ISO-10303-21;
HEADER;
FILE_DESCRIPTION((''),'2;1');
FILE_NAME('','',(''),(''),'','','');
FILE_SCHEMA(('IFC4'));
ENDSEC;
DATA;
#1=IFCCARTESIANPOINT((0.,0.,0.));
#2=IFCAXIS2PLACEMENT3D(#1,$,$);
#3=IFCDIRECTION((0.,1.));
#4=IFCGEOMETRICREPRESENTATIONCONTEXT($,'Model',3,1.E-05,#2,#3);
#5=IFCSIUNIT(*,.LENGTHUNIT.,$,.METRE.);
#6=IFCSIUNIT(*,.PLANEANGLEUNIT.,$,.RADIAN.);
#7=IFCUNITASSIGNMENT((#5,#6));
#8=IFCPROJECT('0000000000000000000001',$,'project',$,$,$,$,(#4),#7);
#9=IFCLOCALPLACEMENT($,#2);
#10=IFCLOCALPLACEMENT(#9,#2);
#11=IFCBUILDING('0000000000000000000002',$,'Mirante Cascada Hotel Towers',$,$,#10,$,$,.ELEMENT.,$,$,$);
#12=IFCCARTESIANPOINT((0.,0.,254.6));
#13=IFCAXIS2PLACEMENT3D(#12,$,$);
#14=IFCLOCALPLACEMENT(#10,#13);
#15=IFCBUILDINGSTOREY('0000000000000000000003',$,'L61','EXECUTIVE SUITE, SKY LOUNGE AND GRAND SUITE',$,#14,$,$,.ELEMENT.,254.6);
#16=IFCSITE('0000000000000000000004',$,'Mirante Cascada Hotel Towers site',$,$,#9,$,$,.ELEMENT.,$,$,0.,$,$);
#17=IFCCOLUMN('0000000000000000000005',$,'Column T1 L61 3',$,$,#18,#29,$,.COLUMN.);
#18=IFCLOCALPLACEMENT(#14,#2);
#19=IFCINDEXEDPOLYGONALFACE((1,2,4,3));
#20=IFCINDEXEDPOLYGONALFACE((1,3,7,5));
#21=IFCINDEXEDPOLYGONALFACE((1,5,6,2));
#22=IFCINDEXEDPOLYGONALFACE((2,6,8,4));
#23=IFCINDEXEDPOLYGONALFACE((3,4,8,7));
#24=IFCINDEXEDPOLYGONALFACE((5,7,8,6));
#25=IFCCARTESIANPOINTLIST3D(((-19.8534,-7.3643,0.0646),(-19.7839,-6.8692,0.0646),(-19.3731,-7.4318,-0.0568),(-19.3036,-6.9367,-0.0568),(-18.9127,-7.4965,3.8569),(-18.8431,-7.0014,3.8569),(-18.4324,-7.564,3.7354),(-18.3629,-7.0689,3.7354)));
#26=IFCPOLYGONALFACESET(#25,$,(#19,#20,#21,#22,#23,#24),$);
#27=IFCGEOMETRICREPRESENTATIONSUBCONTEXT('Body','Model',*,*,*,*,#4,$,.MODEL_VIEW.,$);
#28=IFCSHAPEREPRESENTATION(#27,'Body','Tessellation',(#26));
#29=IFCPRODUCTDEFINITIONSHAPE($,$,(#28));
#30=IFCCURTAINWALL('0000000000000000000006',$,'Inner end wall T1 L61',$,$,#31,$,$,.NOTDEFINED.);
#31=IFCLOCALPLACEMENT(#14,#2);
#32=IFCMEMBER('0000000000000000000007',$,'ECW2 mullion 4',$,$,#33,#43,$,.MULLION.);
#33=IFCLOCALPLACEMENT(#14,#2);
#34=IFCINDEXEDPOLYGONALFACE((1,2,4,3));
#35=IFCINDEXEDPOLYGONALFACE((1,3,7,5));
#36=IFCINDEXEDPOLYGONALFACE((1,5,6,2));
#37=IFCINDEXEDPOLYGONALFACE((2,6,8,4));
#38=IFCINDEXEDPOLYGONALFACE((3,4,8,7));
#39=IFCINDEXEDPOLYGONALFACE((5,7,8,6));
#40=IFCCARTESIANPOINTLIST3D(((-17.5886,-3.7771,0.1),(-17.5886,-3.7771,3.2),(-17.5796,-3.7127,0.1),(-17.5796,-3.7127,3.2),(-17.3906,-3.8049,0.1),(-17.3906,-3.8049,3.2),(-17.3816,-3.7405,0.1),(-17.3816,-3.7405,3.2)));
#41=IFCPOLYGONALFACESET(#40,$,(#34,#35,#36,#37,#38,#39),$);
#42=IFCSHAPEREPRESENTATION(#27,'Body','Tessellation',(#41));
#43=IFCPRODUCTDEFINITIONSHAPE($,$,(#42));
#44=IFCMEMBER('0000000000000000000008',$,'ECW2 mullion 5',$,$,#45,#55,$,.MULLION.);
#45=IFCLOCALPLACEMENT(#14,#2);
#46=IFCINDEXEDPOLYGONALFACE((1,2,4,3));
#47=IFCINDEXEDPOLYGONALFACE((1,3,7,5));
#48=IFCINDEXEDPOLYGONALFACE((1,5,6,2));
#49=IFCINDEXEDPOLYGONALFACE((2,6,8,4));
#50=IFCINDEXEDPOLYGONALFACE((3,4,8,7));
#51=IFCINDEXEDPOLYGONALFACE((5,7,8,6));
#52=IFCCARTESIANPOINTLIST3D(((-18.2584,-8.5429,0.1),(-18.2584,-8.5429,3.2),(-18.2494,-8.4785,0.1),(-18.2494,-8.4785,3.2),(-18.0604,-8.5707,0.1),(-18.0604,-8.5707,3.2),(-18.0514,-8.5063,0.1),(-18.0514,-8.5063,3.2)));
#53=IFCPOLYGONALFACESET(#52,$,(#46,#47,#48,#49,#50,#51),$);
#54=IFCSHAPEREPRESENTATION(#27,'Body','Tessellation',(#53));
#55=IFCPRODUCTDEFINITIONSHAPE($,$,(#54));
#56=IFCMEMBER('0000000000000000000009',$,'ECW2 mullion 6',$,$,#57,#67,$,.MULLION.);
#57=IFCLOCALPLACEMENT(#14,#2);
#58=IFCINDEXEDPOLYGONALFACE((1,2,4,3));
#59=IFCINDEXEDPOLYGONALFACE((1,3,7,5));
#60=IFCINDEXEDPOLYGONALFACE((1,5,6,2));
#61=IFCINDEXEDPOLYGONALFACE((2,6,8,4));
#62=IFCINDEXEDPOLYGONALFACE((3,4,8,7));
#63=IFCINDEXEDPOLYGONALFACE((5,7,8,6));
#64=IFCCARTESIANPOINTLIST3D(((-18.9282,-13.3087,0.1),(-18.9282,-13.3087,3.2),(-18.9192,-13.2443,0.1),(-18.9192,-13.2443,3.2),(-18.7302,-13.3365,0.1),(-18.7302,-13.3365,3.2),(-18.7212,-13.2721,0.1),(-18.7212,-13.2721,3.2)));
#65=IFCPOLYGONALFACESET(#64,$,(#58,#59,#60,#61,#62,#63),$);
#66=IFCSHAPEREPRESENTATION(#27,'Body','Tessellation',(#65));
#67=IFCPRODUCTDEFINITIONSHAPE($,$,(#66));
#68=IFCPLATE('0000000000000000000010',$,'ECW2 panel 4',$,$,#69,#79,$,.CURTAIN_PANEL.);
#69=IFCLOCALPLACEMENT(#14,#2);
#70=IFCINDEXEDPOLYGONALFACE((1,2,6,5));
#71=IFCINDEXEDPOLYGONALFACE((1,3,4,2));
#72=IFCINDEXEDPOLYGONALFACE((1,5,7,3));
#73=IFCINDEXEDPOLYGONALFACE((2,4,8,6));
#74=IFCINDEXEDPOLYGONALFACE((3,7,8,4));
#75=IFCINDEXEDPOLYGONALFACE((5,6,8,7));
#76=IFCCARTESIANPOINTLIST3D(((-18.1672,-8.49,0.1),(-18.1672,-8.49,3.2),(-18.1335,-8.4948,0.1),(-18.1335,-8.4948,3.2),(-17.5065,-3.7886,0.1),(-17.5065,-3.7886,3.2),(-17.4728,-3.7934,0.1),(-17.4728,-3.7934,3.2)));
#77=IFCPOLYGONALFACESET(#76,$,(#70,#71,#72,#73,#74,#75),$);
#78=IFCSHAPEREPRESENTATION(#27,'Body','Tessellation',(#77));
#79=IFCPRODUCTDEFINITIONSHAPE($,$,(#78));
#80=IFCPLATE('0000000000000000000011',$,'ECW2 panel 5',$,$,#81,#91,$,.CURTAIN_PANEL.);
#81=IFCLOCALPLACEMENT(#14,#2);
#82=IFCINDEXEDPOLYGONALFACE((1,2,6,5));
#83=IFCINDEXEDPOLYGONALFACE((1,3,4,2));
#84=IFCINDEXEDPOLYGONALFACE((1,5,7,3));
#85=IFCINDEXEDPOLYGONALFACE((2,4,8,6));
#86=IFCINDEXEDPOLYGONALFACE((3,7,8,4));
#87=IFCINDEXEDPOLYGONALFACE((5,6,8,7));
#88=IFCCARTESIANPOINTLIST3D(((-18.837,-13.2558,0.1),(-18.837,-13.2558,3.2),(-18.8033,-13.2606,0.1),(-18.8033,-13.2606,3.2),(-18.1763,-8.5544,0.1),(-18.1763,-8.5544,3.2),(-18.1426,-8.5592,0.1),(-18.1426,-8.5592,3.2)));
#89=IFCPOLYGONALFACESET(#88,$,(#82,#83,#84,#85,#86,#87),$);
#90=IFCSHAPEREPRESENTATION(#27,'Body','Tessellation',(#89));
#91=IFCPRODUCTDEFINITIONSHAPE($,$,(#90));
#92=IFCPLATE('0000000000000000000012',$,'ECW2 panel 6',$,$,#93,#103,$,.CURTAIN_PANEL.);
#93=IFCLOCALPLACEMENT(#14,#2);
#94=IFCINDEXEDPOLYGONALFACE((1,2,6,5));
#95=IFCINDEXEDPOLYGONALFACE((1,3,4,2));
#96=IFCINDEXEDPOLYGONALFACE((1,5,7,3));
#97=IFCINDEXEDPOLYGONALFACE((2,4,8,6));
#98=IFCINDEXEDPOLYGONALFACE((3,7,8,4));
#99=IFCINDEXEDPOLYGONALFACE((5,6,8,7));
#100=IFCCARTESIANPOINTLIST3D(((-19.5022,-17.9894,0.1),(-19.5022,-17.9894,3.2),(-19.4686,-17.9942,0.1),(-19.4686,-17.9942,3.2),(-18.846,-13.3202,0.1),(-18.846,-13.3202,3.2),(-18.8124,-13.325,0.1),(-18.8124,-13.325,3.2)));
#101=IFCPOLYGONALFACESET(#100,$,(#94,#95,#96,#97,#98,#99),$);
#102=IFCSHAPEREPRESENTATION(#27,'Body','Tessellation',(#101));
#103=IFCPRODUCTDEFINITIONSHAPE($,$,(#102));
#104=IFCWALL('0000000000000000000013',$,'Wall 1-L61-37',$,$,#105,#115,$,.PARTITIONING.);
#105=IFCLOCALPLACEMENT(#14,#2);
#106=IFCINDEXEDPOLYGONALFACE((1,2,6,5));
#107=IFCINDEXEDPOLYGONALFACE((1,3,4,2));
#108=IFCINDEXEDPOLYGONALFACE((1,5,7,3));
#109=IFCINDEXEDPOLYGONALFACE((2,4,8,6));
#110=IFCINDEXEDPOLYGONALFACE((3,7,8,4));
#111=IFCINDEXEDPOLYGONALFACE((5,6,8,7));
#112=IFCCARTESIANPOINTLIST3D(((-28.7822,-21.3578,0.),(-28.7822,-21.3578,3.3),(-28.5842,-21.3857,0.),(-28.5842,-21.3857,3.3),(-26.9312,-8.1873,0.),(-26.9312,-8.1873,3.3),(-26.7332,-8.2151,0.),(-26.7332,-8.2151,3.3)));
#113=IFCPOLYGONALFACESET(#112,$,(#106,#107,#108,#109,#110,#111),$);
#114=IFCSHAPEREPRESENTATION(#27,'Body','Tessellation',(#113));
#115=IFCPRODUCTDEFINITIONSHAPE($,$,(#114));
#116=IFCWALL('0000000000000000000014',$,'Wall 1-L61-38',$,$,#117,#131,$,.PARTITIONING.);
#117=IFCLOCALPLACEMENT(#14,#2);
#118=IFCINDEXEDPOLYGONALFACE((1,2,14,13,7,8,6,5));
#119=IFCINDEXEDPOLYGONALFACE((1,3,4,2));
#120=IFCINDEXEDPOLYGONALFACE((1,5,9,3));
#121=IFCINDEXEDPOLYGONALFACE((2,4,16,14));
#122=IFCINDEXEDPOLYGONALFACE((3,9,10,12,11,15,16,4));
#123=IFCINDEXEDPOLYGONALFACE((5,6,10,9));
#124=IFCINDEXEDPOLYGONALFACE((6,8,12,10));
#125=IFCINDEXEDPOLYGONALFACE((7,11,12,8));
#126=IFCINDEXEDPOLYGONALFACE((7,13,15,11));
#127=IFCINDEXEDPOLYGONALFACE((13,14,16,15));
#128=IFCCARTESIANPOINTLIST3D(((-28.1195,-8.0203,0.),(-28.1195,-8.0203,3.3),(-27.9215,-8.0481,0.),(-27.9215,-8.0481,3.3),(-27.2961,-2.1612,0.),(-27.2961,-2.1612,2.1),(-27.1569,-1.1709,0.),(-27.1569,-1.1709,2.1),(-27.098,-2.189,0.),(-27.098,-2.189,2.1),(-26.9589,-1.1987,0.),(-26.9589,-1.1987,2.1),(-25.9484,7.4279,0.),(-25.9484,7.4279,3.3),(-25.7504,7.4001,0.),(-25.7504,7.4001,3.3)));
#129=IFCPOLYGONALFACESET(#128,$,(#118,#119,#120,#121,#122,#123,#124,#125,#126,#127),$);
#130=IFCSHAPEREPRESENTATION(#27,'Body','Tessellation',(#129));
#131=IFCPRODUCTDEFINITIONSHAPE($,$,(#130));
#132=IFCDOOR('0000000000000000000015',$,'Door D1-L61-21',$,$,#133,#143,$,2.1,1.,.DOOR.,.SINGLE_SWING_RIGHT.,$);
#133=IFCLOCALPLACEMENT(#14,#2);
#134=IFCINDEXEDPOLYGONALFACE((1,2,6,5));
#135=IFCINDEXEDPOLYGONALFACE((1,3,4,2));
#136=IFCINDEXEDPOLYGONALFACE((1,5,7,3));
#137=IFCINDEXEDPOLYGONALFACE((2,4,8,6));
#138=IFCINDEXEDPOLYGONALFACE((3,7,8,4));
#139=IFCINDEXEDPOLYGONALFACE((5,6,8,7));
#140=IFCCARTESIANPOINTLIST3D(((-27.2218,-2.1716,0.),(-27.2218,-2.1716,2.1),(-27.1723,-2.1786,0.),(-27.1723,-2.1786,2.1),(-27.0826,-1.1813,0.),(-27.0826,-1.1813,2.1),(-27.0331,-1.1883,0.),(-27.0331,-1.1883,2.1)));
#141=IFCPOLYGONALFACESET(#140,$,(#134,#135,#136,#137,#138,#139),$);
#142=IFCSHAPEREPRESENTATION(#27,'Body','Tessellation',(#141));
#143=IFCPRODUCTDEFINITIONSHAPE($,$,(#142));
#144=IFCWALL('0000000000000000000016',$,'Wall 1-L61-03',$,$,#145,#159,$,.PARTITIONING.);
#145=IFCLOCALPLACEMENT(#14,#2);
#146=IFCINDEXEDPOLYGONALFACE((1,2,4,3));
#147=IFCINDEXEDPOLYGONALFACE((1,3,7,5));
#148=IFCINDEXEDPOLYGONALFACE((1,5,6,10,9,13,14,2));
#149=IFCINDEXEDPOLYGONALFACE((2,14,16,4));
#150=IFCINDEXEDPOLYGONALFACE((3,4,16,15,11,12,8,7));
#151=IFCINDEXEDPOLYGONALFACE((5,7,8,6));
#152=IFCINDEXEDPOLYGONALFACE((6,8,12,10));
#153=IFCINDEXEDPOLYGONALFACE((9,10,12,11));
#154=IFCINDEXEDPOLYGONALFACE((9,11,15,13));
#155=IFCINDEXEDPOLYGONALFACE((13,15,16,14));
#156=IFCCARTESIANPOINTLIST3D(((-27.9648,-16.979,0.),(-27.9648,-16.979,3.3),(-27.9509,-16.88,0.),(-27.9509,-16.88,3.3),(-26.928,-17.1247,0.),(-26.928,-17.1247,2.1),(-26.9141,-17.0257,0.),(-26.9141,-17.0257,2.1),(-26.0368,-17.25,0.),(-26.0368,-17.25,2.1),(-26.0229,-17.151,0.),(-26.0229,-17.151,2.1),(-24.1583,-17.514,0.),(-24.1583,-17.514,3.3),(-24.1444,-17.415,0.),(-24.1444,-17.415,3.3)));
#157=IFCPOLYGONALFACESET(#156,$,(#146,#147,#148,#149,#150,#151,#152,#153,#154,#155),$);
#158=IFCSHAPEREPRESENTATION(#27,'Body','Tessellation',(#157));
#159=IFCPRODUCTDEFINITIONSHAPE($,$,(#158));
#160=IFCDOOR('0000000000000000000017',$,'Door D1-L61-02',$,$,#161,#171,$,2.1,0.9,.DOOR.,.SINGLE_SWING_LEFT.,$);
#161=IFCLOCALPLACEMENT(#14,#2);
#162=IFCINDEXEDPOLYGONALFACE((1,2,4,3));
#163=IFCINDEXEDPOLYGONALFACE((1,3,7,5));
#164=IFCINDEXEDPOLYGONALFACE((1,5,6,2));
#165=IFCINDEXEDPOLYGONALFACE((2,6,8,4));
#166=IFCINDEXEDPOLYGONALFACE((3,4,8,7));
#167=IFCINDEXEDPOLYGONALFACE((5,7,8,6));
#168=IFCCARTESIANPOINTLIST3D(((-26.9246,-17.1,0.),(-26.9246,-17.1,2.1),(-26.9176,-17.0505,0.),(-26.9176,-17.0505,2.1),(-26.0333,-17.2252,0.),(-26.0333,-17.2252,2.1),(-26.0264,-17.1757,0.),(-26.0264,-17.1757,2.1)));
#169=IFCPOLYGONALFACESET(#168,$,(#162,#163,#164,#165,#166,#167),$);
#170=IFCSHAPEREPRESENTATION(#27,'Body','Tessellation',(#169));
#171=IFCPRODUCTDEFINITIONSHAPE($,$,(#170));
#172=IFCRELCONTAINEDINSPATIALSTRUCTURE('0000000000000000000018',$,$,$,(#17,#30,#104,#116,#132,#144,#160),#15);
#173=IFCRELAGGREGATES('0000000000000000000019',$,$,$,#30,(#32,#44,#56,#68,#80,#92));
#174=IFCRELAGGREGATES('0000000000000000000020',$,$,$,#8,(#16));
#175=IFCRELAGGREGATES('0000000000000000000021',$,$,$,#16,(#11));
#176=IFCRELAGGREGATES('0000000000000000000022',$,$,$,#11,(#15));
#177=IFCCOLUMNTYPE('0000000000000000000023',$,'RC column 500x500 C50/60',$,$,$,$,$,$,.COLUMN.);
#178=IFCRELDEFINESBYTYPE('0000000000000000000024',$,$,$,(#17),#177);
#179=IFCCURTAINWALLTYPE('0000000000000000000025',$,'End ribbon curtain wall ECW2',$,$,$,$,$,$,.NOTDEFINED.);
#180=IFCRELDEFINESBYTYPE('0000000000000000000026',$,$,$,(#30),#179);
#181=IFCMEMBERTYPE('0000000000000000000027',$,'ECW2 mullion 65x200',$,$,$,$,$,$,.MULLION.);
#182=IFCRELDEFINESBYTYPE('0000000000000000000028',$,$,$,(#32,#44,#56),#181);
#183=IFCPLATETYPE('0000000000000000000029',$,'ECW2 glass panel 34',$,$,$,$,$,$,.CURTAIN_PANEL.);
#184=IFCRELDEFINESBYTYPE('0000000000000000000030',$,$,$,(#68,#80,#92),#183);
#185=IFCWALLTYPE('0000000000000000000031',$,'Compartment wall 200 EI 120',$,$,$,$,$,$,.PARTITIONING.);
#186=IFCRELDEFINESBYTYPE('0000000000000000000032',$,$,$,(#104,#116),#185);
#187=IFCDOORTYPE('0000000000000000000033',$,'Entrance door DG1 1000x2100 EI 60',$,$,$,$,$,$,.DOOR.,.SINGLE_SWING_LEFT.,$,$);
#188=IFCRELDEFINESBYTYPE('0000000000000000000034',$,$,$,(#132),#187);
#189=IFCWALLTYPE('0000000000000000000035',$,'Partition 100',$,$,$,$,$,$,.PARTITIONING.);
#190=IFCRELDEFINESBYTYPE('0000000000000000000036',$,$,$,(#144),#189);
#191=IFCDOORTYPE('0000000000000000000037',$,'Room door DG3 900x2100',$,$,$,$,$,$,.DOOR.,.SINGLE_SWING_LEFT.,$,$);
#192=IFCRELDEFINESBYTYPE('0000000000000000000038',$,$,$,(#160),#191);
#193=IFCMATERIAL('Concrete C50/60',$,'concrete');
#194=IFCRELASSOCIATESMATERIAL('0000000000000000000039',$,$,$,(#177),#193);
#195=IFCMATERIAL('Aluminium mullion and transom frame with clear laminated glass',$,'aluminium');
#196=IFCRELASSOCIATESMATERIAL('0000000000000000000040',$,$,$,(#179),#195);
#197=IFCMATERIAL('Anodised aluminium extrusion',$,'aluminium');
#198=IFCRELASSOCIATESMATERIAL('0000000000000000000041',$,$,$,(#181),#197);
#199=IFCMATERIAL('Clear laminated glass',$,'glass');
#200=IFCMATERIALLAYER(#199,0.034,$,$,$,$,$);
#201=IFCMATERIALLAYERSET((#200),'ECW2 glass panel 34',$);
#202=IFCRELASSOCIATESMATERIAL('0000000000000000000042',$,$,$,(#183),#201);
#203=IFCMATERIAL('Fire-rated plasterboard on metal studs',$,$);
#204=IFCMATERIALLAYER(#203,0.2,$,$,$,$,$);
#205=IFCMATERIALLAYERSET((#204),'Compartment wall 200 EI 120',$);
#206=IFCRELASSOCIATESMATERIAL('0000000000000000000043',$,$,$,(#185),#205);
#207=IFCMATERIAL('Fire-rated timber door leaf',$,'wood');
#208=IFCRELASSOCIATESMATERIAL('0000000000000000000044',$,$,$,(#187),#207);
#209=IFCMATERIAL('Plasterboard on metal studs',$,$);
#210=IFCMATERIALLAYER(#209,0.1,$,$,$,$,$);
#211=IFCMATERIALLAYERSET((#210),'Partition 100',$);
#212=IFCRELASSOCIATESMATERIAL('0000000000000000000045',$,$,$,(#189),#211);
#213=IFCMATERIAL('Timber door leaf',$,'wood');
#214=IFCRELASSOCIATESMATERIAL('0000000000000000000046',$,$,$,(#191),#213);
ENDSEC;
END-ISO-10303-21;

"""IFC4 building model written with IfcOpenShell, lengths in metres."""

from ifc_helpers import new_model, si_unit, direction, frame, frame_2d, origin, origin_2d, place, context, subcontext, project, spatial, rectangle, extrude, material, layer, layer_set, material_profile, profile_set, type_object, element, fill, aggregate, save


model = new_model("IFC4")

# Units and contexts
model_context = context("Model", 3, precision=1e-05, world=origin(), true_north=direction((0.0, 1.0)))
body_context = subcontext(model_context, "Body", "Model", "MODEL_VIEW")
ifc_project = project(units=[si_unit("LENGTHUNIT", "METRE"), si_unit("PLANEANGLEUNIT", "RADIAN")], contexts=[model_context])

# Site, building, storey
site_placement = place(None, origin())
site = spatial("IfcSite", under=ifc_project, at=site_placement, Name="Mirante Cascada Hotel Towers site", CompositionType="ELEMENT", RefElevation=0.0)
building_placement = place(site_placement, origin())
building = spatial("IfcBuilding", under=site, at=building_placement, Name="Mirante Cascada Hotel Towers", CompositionType="ELEMENT")
storey_placement = place(building_placement, frame((0.0, 0.0, 254.6)))
storey = spatial("IfcBuildingStorey", under=building, at=storey_placement, Name="L61", Description="EXECUTIVE SUITE, SKY LOUNGE AND GRAND SUITE", CompositionType="ELEMENT", Elevation=254.6)

# Column
ifc_material_1 = material(Name="Concrete C50/60", Category="concrete")
ifc_material_profile_1 = material_profile(ifc_material_1, rectangle(XDim=0.5, YDim=0.5, at=origin_2d()), Name="RC column 500x500 C50/60")
ifc_profile_set_1 = profile_set([ifc_material_profile_1], Name="Concrete C50/60")
column_type = type_object("IfcColumnType", Name="RC column 500x500 C50/60", PredefinedType="COLUMN", material=ifc_profile_set_1)
column_placement = place(storey_placement, frame((-19.5785, -7.1505, 0.0039), z_axis=(0.240627, -0.033816, 0.970028), x_axis=(0.139166, 0.990269, 0.0)))
element("IfcColumn", 1, at=column_placement, inside=storey, type_object=column_type, Name="Column T1 L61 3", PredefinedType="COLUMN", context=body_context, shape_type="SweptSolid", body=[
    extrude(rectangle(XDim=0.5, YDim=0.5, at=origin_2d()), origin(), (0.0, 0.0, 1.0), 3.9094),
])

# Curtain wall, members, plates
ifc_material_2 = material(Name="Aluminium mullion and transom frame with clear laminated glass", Category="aluminium")
curtain_wall_type = type_object("IfcCurtainWallType", Name="End ribbon curtain wall ECW2", PredefinedType="NOTDEFINED", material=ifc_material_2)
curtain_wall_placement = place(storey_placement, origin())
curtain_wall = element("IfcCurtainWall", 2, at=curtain_wall_placement, inside=storey, type_object=curtain_wall_type, Name="Inner end wall T1 L61", PredefinedType="NOTDEFINED")
ifc_material_3 = material(Name="Anodised aluminium extrusion", Category="aluminium")
ifc_material_profile_2 = material_profile(ifc_material_3, rectangle(XDim=0.2, YDim=0.065, at=origin_2d()), Name="ECW2 MULLION 65x200")
ifc_profile_set_2 = profile_set([ifc_material_profile_2], Name="Anodised aluminium extrusion")
member_type = type_object("IfcMemberType", Name="ECW2 mullion 65x200", PredefinedType="MULLION", material=ifc_profile_set_2)
member_1_placement = place(storey_placement, frame((-17.4851, -3.7588, 0.1), z_axis=(0.0, 0.0, 1.0), x_axis=(0.990268, -0.139173, 0.0)))
member_1 = element("IfcMember", 3, at=member_1_placement, type_object=member_type, Name="ECW2 mullion 4", PredefinedType="MULLION", context=body_context, shape_type="SweptSolid", body=[
    extrude(rectangle(XDim=0.2, YDim=0.065, at=origin_2d()), origin(), (0.0, 0.0, 1.0), 3.1),
])
member_2_placement = place(storey_placement, frame((-18.1549, -8.5246, 0.1), z_axis=(0.0, 0.0, 1.0), x_axis=(0.990268, -0.139173, 0.0)))
member_2 = element("IfcMember", 4, at=member_2_placement, type_object=member_type, Name="ECW2 mullion 5", PredefinedType="MULLION", context=body_context, shape_type="SweptSolid", body=[
    extrude(rectangle(XDim=0.2, YDim=0.065, at=origin_2d()), origin(), (0.0, 0.0, 1.0), 3.1),
])
member_3_placement = place(storey_placement, frame((-18.8247, -13.2904, 0.1), z_axis=(0.0, 0.0, 1.0), x_axis=(0.990268, -0.139173, 0.0)))
member_3 = element("IfcMember", 5, at=member_3_placement, type_object=member_type, Name="ECW2 mullion 6", PredefinedType="MULLION", context=body_context, shape_type="SweptSolid", body=[
    extrude(rectangle(XDim=0.2, YDim=0.065, at=origin_2d()), origin(), (0.0, 0.0, 1.0), 3.1),
])
ifc_material_4 = material(Name="Clear laminated glass", Category="glass")
ifc_layer_1 = layer(ifc_material_4, 0.034)
ifc_layer_set_1 = layer_set([ifc_layer_1], Name="ECW2 glass panel 34")
plate_type = type_object("IfcPlateType", Name="ECW2 glass panel 34", PredefinedType="CURTAIN_PANEL", material=ifc_layer_set_1)
plate_1_placement = place(storey_placement, frame((-17.82, -6.1417, 0.1), z_axis=(0.0, 0.0, 1.0), x_axis=(-0.139173, -0.990268, 0.0)))
plate_1 = element("IfcPlate", 6, at=plate_1_placement, type_object=plate_type, Name="ECW2 panel 4", PredefinedType="CURTAIN_PANEL", context=body_context, shape_type="SweptSolid", body=[
    extrude(rectangle(XDim=4.7476, YDim=0.034, at=origin_2d()), origin(), (0.0, 0.0, 1.0), 3.1),
])
plate_2_placement = place(storey_placement, frame((-18.4898, -10.9075, 0.1), z_axis=(0.0, 0.0, 1.0), x_axis=(-0.139173, -0.990268, 0.0)))
plate_2 = element("IfcPlate", 7, at=plate_2_placement, type_object=plate_type, Name="ECW2 panel 5", PredefinedType="CURTAIN_PANEL", context=body_context, shape_type="SweptSolid", body=[
    extrude(rectangle(XDim=4.7476, YDim=0.034, at=origin_2d()), origin(), (0.0, 0.0, 1.0), 3.1),
])
plate_3_placement = place(storey_placement, frame((-19.1573, -15.6572, 0.1), z_axis=(0.0, 0.0, 1.0), x_axis=(-0.139173, -0.990268, 0.0)))
plate_3 = element("IfcPlate", 8, at=plate_3_placement, type_object=plate_type, Name="ECW2 panel 6", PredefinedType="CURTAIN_PANEL", context=body_context, shape_type="SweptSolid", body=[
    extrude(rectangle(XDim=4.7151, YDim=0.034, at=origin_2d()), origin(), (0.0, 0.0, 1.0), 3.1),
])
aggregate(curtain_wall, [member_1, member_2, member_3, plate_1, plate_2, plate_3])

# Wall
ifc_material_5 = material(Name="Fire-rated plasterboard on metal studs")
ifc_layer_2 = layer(ifc_material_5, 0.2)
ifc_layer_set_2 = layer_set([ifc_layer_2], Name="Compartment wall 200 EI 120")
wall_type_1 = type_object("IfcWallType", Name="Compartment wall 200 EI 120", PredefinedType="PARTITIONING", material=ifc_layer_set_2)
wall_1_placement = place(storey_placement, frame((-26.8322, -8.2012, 0.0), z_axis=(0.0, 0.0, 1.0), x_axis=(-0.139173, -0.990268, 0.0)))
element("IfcWall", 9, at=wall_1_placement, inside=storey, type_object=wall_type_1, Name="Wall 1-L61-37", PredefinedType="PARTITIONING", context=body_context, shape_type="SweptSolid", body=[
    extrude(rectangle(XDim=13.3, YDim=0.2, at=frame_2d((6.65, 0.0))), origin(), (0.0, 0.0, 1.0), 3.3),
])

# Walls, openings, doors
wall_2_placement = place(storey_placement, frame((-28.0205, -8.0342, 0.0), z_axis=(0.0, 0.0, 1.0), x_axis=(0.139173, 0.990268, 0.0)))
wall_2 = element("IfcWall", 10, at=wall_2_placement, inside=storey, type_object=wall_type_1, Name="Wall 1-L61-38", PredefinedType="PARTITIONING", context=body_context, shape_type="SweptSolid", body=[
    extrude(rectangle(XDim=15.6, YDim=0.2, at=frame_2d((7.8, 0.0))), origin(), (0.0, 0.0, 1.0), 3.3),
])
opening_1_placement = place(wall_2_placement, frame((5.9167, 0.0, 0.0)))
opening_1 = element("IfcOpeningElement", 11, at=opening_1_placement, cuts=wall_2, PredefinedType="OPENING", context=body_context, shape_type="SweptSolid", body=[
    extrude(rectangle(XDim=1.0, YDim=2.1, at=frame_2d((0.5, 1.05))), frame((0.0, 0.1, 0.0), z_axis=(0.0, -1.0, 0.0), x_axis=(1.0, 0.0, 0.0)), (0.0, 0.0, 1.0), 0.2),
])
ifc_material_6 = material(Name="Fire-rated timber door leaf", Category="wood")
door_type_1 = type_object("IfcDoorType", Name="Entrance door DG1 1000x2100 EI 60", OperationType="SINGLE_SWING_LEFT", PredefinedType="DOOR", material=ifc_material_6)
door_1_placement = place(opening_1_placement, frame((1.0, 0.0, 0.0), z_axis=(0.0, 0.0, 1.0), x_axis=(-1.0, 0.0, 0.0)))
door_1 = element("IfcDoor", 12, at=door_1_placement, inside=storey, type_object=door_type_1, Name="Door D1-L61-21", OperationType="SINGLE_SWING_RIGHT", OverallHeight=2.1, OverallWidth=1.0, PredefinedType="DOOR", context=body_context, shape_type="SweptSolid", body=[
    extrude(rectangle(XDim=1.0, YDim=2.1, at=frame_2d((0.5, 1.05))), frame((0.0, 0.025, 0.0), z_axis=(0.0, -1.0, 0.0), x_axis=(1.0, 0.0, 0.0)), (0.0, 0.0, 1.0), 0.05),
])
fill(opening_1, door_1)
ifc_material_7 = material(Name="Plasterboard on metal studs")
ifc_layer_3 = layer(ifc_material_7, 0.1)
ifc_layer_set_3 = layer_set([ifc_layer_3], Name="Partition 100")
wall_type_2 = type_object("IfcWallType", Name="Partition 100", PredefinedType="PARTITIONING", material=ifc_layer_set_3)
wall_3_placement = place(storey_placement, frame((-27.9579, -16.9295, 0.0), z_axis=(0.0, 0.0, 1.0), x_axis=(0.990267, -0.139181, 0.0)))
wall_3 = element("IfcWall", 13, at=wall_3_placement, inside=storey, type_object=wall_type_2, Name="Wall 1-L61-03", PredefinedType="PARTITIONING", context=body_context, shape_type="SweptSolid", body=[
    extrude(rectangle(XDim=3.8439, YDim=0.1, at=frame_2d((1.922, 0.0))), origin(), (0.0, 0.0, 1.0), 3.3),
])
opening_2_placement = place(wall_3_placement, frame((1.047, 0.0, 0.0)))
opening_2 = element("IfcOpeningElement", 14, at=opening_2_placement, cuts=wall_3, PredefinedType="OPENING", context=body_context, shape_type="SweptSolid", body=[
    extrude(rectangle(XDim=0.9, YDim=2.1, at=frame_2d((0.45, 1.05))), frame((0.0, 0.05, 0.0), z_axis=(0.0, -1.0, 0.0), x_axis=(1.0, 0.0, 0.0)), (0.0, 0.0, 1.0), 0.1),
])
ifc_material_8 = material(Name="Timber door leaf", Category="wood")
door_type_2 = type_object("IfcDoorType", Name="Room door DG3 900x2100", OperationType="SINGLE_SWING_LEFT", PredefinedType="DOOR", material=ifc_material_8)
door_2_placement = place(opening_2_placement, origin())
door_2 = element("IfcDoor", 15, at=door_2_placement, inside=storey, type_object=door_type_2, Name="Door D1-L61-02", OperationType="SINGLE_SWING_LEFT", OverallHeight=2.1, OverallWidth=0.9, PredefinedType="DOOR", context=body_context, shape_type="SweptSolid", body=[
    extrude(rectangle(XDim=0.9, YDim=2.1, at=frame_2d((0.45, 1.05))), frame((0.0, 0.025, 0.0), z_axis=(0.0, -1.0, 0.0), x_axis=(1.0, 0.0, 0.0)), (0.0, 0.0, 1.0), 0.05),
])
fill(opening_2, door_2)

save(model, "model.ifc")
